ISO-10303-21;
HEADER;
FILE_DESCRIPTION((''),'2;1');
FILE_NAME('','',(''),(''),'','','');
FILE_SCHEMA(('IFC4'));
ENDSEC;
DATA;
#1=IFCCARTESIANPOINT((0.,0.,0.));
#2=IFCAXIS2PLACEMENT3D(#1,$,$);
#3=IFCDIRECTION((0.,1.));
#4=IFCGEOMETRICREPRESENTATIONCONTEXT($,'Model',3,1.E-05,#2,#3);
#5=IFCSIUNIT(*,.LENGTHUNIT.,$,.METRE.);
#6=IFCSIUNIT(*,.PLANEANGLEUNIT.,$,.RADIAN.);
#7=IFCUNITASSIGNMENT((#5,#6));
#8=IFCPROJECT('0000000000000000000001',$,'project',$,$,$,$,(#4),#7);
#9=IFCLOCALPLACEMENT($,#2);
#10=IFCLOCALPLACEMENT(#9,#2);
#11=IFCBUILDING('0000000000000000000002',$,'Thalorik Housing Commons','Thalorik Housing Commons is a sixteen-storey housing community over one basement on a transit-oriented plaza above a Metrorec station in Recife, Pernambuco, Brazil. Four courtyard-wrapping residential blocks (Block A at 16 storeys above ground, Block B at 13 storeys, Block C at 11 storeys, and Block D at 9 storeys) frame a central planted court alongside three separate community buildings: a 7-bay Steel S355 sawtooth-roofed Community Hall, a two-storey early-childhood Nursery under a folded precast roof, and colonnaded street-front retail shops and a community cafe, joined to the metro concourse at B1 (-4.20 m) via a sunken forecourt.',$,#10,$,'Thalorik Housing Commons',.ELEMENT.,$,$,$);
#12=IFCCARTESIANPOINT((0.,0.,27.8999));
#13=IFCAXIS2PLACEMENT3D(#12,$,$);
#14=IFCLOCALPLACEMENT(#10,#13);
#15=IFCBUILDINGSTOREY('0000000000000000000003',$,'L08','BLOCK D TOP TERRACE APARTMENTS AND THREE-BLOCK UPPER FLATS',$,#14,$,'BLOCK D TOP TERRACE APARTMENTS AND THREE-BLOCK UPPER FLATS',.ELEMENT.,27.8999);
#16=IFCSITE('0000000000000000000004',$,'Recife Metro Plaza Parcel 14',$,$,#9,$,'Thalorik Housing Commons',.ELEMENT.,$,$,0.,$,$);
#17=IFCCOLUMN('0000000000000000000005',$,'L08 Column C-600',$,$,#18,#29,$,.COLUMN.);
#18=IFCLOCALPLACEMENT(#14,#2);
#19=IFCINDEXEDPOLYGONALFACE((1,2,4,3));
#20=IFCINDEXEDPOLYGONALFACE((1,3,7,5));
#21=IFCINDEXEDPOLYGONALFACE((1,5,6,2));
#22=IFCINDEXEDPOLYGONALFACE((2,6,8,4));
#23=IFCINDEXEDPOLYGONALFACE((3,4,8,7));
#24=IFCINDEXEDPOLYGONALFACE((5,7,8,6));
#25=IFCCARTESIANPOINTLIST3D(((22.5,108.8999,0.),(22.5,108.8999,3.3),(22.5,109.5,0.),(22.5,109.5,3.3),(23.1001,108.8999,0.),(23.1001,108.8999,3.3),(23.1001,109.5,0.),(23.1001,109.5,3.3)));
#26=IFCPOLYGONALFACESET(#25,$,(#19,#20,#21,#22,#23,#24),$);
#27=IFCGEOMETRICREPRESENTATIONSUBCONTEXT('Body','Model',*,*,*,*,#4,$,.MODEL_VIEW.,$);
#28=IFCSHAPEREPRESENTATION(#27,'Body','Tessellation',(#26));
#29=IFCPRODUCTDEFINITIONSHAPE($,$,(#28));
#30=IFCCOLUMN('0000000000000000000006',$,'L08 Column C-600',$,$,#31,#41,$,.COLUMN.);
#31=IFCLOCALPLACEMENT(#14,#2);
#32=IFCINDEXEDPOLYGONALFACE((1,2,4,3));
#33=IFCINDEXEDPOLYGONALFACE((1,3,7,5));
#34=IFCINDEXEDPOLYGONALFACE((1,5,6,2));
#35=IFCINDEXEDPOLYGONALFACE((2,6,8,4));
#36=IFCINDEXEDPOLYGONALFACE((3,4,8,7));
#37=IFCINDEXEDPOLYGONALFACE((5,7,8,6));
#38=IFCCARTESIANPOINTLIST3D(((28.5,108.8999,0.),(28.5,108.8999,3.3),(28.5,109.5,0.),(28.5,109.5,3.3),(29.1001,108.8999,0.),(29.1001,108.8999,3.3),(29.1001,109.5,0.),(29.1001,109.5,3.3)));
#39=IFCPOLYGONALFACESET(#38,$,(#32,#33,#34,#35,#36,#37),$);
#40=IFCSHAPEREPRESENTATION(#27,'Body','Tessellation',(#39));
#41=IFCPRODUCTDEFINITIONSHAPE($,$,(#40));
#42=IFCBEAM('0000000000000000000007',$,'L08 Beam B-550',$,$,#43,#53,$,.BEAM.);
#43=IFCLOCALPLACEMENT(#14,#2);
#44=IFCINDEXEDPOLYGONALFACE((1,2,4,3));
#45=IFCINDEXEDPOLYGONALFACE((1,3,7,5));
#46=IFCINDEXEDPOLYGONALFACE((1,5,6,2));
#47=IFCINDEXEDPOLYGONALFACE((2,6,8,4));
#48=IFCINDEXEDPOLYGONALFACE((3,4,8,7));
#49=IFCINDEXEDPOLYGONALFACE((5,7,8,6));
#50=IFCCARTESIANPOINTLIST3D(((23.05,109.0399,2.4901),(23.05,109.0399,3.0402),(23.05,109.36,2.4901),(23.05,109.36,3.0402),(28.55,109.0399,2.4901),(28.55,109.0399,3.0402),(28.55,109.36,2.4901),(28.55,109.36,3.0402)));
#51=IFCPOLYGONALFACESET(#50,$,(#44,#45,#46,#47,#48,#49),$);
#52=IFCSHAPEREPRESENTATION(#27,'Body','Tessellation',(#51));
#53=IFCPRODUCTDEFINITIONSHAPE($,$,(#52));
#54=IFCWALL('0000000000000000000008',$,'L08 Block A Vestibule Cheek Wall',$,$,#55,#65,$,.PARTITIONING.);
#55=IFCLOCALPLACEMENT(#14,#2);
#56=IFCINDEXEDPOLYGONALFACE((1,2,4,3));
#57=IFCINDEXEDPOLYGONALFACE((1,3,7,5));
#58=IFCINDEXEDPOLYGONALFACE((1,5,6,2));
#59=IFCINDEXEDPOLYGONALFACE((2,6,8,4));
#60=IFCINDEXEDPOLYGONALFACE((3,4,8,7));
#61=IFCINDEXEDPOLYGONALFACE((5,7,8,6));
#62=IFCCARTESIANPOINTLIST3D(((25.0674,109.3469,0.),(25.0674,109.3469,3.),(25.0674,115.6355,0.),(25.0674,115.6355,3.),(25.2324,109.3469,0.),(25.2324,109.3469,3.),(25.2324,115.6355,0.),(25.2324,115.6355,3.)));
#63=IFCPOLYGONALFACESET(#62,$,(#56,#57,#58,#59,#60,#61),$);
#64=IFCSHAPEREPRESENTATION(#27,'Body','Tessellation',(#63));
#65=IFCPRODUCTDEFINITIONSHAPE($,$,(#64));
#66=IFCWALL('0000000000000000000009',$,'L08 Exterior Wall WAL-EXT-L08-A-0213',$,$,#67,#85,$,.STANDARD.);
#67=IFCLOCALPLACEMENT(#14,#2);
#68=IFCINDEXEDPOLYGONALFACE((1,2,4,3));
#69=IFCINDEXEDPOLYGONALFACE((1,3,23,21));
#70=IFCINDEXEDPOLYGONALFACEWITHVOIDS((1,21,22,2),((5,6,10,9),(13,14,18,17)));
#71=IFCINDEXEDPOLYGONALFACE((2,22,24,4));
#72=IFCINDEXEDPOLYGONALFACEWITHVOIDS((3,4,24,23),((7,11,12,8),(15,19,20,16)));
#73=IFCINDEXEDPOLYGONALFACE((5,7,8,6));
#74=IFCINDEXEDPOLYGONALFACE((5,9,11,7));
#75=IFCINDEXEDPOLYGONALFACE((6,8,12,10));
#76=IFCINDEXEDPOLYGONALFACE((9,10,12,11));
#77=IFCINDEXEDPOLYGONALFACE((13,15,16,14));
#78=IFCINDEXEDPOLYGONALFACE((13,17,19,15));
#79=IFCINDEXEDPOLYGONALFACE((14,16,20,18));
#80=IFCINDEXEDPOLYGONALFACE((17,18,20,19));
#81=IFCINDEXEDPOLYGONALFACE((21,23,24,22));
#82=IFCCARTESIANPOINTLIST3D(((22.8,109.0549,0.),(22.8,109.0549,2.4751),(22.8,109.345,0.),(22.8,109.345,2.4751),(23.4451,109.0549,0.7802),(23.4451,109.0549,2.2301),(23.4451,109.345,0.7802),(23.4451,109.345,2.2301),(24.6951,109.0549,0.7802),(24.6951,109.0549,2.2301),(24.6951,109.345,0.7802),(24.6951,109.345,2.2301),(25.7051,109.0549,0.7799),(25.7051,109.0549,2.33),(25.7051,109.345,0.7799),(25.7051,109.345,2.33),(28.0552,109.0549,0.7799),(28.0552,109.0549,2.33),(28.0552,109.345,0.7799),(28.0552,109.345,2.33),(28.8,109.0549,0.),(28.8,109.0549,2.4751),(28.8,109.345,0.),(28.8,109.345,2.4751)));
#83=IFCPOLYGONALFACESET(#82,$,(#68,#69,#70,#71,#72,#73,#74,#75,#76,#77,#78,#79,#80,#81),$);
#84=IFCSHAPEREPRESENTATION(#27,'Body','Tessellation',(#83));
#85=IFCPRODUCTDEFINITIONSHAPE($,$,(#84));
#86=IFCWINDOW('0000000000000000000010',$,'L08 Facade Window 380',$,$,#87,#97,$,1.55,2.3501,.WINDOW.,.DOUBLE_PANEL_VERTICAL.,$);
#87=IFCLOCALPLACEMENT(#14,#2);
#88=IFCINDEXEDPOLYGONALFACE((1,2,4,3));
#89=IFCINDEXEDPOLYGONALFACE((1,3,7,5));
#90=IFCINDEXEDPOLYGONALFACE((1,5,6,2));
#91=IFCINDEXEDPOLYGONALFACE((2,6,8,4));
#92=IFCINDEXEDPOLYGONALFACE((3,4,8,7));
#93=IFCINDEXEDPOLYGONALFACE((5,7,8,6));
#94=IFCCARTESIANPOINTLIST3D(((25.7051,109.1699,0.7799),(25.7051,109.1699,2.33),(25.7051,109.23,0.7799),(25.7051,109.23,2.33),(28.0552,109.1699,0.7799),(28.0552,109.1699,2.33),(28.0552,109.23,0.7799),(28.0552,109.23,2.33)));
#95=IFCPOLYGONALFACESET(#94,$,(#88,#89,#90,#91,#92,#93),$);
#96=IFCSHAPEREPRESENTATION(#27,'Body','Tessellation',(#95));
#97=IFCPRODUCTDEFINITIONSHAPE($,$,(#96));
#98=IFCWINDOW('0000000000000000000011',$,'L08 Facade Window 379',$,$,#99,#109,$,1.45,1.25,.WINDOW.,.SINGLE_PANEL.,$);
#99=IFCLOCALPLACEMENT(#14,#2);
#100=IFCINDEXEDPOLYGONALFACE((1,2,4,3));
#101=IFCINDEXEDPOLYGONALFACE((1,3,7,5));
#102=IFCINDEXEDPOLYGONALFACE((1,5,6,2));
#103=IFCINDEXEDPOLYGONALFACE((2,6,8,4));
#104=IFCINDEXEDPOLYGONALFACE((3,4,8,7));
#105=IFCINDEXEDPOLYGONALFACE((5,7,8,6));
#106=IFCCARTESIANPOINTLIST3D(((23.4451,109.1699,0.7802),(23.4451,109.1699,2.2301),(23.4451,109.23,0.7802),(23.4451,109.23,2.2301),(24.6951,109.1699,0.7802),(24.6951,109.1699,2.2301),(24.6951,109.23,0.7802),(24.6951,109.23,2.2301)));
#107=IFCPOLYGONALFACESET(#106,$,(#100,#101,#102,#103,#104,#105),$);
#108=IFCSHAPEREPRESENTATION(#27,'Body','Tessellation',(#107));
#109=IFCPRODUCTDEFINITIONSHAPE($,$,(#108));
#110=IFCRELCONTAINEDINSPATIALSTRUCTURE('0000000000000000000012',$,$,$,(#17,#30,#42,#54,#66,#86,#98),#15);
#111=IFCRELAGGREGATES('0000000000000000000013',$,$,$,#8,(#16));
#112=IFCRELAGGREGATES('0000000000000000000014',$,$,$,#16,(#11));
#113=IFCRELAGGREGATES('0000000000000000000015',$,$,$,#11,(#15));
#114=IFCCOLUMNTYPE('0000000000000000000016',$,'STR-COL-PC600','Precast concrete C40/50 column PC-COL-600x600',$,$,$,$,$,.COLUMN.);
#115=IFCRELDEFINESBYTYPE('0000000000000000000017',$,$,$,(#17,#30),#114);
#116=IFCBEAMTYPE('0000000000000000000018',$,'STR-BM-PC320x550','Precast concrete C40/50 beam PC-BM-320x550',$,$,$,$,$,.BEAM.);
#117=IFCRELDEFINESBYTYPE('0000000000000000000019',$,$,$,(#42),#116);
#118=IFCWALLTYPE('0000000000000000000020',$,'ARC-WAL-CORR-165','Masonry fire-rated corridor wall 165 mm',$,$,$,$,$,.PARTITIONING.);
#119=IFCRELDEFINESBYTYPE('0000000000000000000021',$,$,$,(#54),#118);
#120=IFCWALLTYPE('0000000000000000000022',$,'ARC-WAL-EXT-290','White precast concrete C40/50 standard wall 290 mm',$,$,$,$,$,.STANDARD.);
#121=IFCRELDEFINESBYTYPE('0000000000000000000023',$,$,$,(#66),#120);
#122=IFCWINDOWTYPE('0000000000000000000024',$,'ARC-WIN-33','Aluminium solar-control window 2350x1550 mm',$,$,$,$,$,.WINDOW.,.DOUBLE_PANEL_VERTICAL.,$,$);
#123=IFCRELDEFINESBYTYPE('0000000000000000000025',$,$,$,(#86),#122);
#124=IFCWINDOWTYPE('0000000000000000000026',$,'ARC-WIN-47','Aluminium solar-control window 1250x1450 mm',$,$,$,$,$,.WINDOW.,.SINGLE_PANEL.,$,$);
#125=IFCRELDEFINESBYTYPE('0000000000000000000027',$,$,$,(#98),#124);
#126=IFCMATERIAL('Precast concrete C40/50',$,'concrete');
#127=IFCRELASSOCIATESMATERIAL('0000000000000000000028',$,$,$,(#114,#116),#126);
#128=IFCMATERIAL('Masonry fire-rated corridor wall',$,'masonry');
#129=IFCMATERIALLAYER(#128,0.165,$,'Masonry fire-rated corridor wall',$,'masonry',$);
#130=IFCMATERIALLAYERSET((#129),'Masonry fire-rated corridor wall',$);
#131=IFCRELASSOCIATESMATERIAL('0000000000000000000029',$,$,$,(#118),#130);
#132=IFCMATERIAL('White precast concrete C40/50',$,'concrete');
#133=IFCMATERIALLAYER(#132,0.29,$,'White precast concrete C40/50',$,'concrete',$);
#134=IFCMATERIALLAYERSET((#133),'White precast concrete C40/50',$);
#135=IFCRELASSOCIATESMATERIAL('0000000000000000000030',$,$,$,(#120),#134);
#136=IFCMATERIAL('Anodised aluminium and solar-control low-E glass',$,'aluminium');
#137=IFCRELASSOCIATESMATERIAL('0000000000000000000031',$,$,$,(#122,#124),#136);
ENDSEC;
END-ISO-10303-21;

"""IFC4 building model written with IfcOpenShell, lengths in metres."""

from ifc_helpers import new_model, si_unit, direction, frame, frame_2d, origin, origin_2d, place, context, subcontext, project, spatial, rectangle, extrude, material, layer, layer_set, material_profile, profile_set, type_object, element, fill, save


model = new_model("IFC4")

# Units and contexts
model_context = context("Model", 3, precision=1e-05, world=origin(), true_north=direction((0.0, 1.0)))
body_context = subcontext(model_context, "Body", "Model", "MODEL_VIEW")
ifc_project = project(units=[si_unit("LENGTHUNIT", "METRE"), si_unit("PLANEANGLEUNIT", "RADIAN")], contexts=[model_context])

# Site, building, storey
site_placement = place(None, origin())
site = spatial("IfcSite", under=ifc_project, at=site_placement, Name="Recife Metro Plaza Parcel 14", LongName="Thalorik Housing Commons", CompositionType="ELEMENT", RefElevation=0.0)
building_placement = place(site_placement, origin())
building = spatial("IfcBuilding", under=site, at=building_placement, Name="Thalorik Housing Commons", Description="Thalorik Housing Commons is a sixteen-storey housing community over one basement on a transit-oriented plaza above a Metrorec station in Recife, Pernambuco, Brazil. Four courtyard-wrapping residential blocks (Block A at 16 storeys above ground, Block B at 13 storeys, Block C at 11 storeys, and Block D at 9 storeys) frame a central planted court alongside three separate community buildings: a 7-bay Steel S355 sawtooth-roofed Community Hall, a two-storey early-childhood Nursery under a folded precast roof, and colonnaded street-front retail shops and a community cafe, joined to the metro concourse at B1 (-4.20 m) via a sunken forecourt.", LongName="Thalorik Housing Commons", CompositionType="ELEMENT")
storey_placement = place(building_placement, frame((0.0, 0.0, 27.8999)))
storey = spatial("IfcBuildingStorey", under=building, at=storey_placement, Name="L08", Description="BLOCK D TOP TERRACE APARTMENTS AND THREE-BLOCK UPPER FLATS", LongName="BLOCK D TOP TERRACE APARTMENTS AND THREE-BLOCK UPPER FLATS", CompositionType="ELEMENT", Elevation=27.8999)

# Columns
ifc_material_1 = material(Name="Precast concrete C40/50", Category="concrete")
ifc_material_profile_1 = material_profile(ifc_material_1, rectangle(XDim=0.6001, YDim=0.6001, at=origin_2d()), Name="PC 600x600", Category="concrete")
ifc_profile_set_1 = profile_set([ifc_material_profile_1], Name="Precast concrete C40/50")
column_type = type_object("IfcColumnType", Name="STR-COL-PC600", Description="Precast concrete C40/50 column PC-COL-600x600", PredefinedType="COLUMN", material=ifc_profile_set_1)
for number, where, z_axis, x_axis, name in (
    (1, (22.8, 109.2, 0.0), (0.0, 0.0, 1.0), (1.0, 0.0, 0.0), "L08 Column C-600"),
    (2, (28.8, 109.2, 0.0), (0.0, 0.0, 1.0), (1.0, 0.0, 0.0), "L08 Column C-600"),
):
    element("IfcColumn", number, at=place(storey_placement, frame(where, z_axis=z_axis, x_axis=x_axis)), inside=storey, type_object=column_type, Name=name, PredefinedType="COLUMN", context=body_context, shape_type="SweptSolid", body=[
        extrude(rectangle(XDim=0.6001, YDim=0.6001, at=origin_2d()), origin(), (0.0, 0.0, 1.0), 3.3),
    ])

# Beam
ifc_material_profile_2 = material_profile(ifc_material_1, rectangle(XDim=0.3201, YDim=0.55, at=origin_2d()), Name="PC 320x550", Category="concrete")
ifc_profile_set_2 = profile_set([ifc_material_profile_2], Name="Precast concrete C40/50")
beam_type = type_object("IfcBeamType", Name="STR-BM-PC320x550", Description="Precast concrete C40/50 beam PC-BM-320x550", PredefinedType="BEAM", material=ifc_profile_set_2)
beam_placement = place(storey_placement, frame((23.05, 109.2, 2.7651), z_axis=(1.0, 0.0, 0.0), x_axis=(0.0, 1.0, 0.0)))
element("IfcBeam", 3, at=beam_placement, inside=storey, type_object=beam_type, Name="L08 Beam B-550", PredefinedType="BEAM", context=body_context, shape_type="SweptSolid", body=[
    extrude(rectangle(XDim=0.3201, YDim=0.55, at=origin_2d()), origin(), (0.0, 0.0, 1.0), 5.5),
])

# Wall
ifc_material_2 = material(Name="Masonry fire-rated corridor wall", Category="masonry")
ifc_layer_1 = layer(ifc_material_2, 0.165, Name="Masonry fire-rated corridor wall", Category="masonry")
ifc_layer_set_1 = layer_set([ifc_layer_1], Name="Masonry fire-rated corridor wall")
wall_type_1 = type_object("IfcWallType", Name="ARC-WAL-CORR-165", Description="Masonry fire-rated corridor wall 165 mm", PredefinedType="PARTITIONING", material=ifc_layer_set_1)
wall_1_placement = place(storey_placement, frame((25.1499, 109.3469, 0.0), z_axis=(0.0, 0.0, 1.0), x_axis=(0.0, 1.0, 0.0)))
element("IfcWall", 4, at=wall_1_placement, inside=storey, type_object=wall_type_1, Name="L08 Block A Vestibule Cheek Wall", PredefinedType="PARTITIONING", context=body_context, shape_type="SweptSolid", body=[
    extrude(rectangle(XDim=6.2886, YDim=0.165, at=frame_2d((3.1443, 0.0))), origin(), (0.0, 0.0, 1.0), 3.0),
])

# Wall, openings, windows
ifc_material_3 = material(Name="White precast concrete C40/50", Category="concrete")
ifc_layer_2 = layer(ifc_material_3, 0.29, Name="White precast concrete C40/50", Category="concrete")
ifc_layer_set_2 = layer_set([ifc_layer_2], Name="White precast concrete C40/50")
wall_type_2 = type_object("IfcWallType", Name="ARC-WAL-EXT-290", Description="White precast concrete C40/50 standard wall 290 mm", PredefinedType="STANDARD", material=ifc_layer_set_2)
wall_2_placement = place(storey_placement, frame((22.8, 109.2, 0.0), z_axis=(0.0, 0.0, 1.0), x_axis=(1.0, 0.0, 0.0)))
wall_2 = element("IfcWall", 5, at=wall_2_placement, inside=storey, type_object=wall_type_2, Name="L08 Exterior Wall WAL-EXT-L08-A-0213", PredefinedType="STANDARD", context=body_context, shape_type="SweptSolid", body=[
    extrude(rectangle(XDim=6.0, YDim=0.29, at=frame_2d((3.0, 0.0))), origin(), (0.0, 0.0, 1.0), 2.4751),
])
opening_1_placement = place(wall_2_placement, frame((0.645, 0.0, 0.78)))
opening_1 = element("IfcOpeningElement", 6, at=opening_1_placement, cuts=wall_2, PredefinedType="OPENING", context=body_context, shape_type="SweptSolid", body=[
    extrude(rectangle(XDim=1.25, YDim=1.45, at=frame_2d((0.625, 0.7251))), frame((0.0, 0.155, 0.0), z_axis=(0.0, -1.0, 0.0), x_axis=(1.0, 0.0, 0.0)), (0.0, 0.0, 1.0), 0.3101),
])
opening_2_placement = place(wall_2_placement, frame((2.905, 0.0, 0.78)))
opening_2 = element("IfcOpeningElement", 7, at=opening_2_placement, cuts=wall_2, PredefinedType="OPENING", context=body_context, shape_type="SweptSolid", body=[
    extrude(rectangle(XDim=2.3501, YDim=1.55, at=frame_2d((1.175, 0.7749))), frame((0.0, 0.155, 0.0), z_axis=(0.0, -1.0, 0.0), x_axis=(1.0, 0.0, 0.0)), (0.0, 0.0, 1.0), 0.3101),
])
ifc_material_4 = material(Name="Anodised aluminium and solar-control low-E glass", Category="aluminium")
window_type_1 = type_object("IfcWindowType", Name="ARC-WIN-33", Description="Aluminium solar-control window 2350x1550 mm", PartitioningType="DOUBLE_PANEL_VERTICAL", PredefinedType="WINDOW", material=ifc_material_4)
window_1_placement = place(opening_2_placement, origin())
window_1 = element("IfcWindow", 8, at=window_1_placement, inside=storey, type_object=window_type_1, Name="L08 Facade Window 380", OverallHeight=1.55, OverallWidth=2.3501, PartitioningType="DOUBLE_PANEL_VERTICAL", PredefinedType="WINDOW", context=body_context, shape_type="SweptSolid", body=[
    extrude(rectangle(XDim=2.3501, YDim=1.55, at=frame_2d((1.175, 0.7749))), frame((0.0, 0.03, 0.0), z_axis=(0.0, -1.0, 0.0), x_axis=(1.0, 0.0, 0.0)), (0.0, 0.0, 1.0), 0.0601),
])
fill(opening_2, window_1)
window_type_2 = type_object("IfcWindowType", Name="ARC-WIN-47", Description="Aluminium solar-control window 1250x1450 mm", PartitioningType="SINGLE_PANEL", PredefinedType="WINDOW", material=ifc_material_4)
window_2_placement = place(opening_1_placement, origin())
window_2 = element("IfcWindow", 9, at=window_2_placement, inside=storey, type_object=window_type_2, Name="L08 Facade Window 379", OverallHeight=1.45, OverallWidth=1.25, PartitioningType="SINGLE_PANEL", PredefinedType="WINDOW", context=body_context, shape_type="SweptSolid", body=[
    extrude(rectangle(XDim=1.25, YDim=1.45, at=frame_2d((0.625, 0.7251))), frame((0.0, 0.03, 0.0), z_axis=(0.0, -1.0, 0.0), x_axis=(1.0, 0.0, 0.0)), (0.0, 0.0, 1.0), 0.0601),
])
fill(opening_1, window_2)

save(model, "model.ifc")
